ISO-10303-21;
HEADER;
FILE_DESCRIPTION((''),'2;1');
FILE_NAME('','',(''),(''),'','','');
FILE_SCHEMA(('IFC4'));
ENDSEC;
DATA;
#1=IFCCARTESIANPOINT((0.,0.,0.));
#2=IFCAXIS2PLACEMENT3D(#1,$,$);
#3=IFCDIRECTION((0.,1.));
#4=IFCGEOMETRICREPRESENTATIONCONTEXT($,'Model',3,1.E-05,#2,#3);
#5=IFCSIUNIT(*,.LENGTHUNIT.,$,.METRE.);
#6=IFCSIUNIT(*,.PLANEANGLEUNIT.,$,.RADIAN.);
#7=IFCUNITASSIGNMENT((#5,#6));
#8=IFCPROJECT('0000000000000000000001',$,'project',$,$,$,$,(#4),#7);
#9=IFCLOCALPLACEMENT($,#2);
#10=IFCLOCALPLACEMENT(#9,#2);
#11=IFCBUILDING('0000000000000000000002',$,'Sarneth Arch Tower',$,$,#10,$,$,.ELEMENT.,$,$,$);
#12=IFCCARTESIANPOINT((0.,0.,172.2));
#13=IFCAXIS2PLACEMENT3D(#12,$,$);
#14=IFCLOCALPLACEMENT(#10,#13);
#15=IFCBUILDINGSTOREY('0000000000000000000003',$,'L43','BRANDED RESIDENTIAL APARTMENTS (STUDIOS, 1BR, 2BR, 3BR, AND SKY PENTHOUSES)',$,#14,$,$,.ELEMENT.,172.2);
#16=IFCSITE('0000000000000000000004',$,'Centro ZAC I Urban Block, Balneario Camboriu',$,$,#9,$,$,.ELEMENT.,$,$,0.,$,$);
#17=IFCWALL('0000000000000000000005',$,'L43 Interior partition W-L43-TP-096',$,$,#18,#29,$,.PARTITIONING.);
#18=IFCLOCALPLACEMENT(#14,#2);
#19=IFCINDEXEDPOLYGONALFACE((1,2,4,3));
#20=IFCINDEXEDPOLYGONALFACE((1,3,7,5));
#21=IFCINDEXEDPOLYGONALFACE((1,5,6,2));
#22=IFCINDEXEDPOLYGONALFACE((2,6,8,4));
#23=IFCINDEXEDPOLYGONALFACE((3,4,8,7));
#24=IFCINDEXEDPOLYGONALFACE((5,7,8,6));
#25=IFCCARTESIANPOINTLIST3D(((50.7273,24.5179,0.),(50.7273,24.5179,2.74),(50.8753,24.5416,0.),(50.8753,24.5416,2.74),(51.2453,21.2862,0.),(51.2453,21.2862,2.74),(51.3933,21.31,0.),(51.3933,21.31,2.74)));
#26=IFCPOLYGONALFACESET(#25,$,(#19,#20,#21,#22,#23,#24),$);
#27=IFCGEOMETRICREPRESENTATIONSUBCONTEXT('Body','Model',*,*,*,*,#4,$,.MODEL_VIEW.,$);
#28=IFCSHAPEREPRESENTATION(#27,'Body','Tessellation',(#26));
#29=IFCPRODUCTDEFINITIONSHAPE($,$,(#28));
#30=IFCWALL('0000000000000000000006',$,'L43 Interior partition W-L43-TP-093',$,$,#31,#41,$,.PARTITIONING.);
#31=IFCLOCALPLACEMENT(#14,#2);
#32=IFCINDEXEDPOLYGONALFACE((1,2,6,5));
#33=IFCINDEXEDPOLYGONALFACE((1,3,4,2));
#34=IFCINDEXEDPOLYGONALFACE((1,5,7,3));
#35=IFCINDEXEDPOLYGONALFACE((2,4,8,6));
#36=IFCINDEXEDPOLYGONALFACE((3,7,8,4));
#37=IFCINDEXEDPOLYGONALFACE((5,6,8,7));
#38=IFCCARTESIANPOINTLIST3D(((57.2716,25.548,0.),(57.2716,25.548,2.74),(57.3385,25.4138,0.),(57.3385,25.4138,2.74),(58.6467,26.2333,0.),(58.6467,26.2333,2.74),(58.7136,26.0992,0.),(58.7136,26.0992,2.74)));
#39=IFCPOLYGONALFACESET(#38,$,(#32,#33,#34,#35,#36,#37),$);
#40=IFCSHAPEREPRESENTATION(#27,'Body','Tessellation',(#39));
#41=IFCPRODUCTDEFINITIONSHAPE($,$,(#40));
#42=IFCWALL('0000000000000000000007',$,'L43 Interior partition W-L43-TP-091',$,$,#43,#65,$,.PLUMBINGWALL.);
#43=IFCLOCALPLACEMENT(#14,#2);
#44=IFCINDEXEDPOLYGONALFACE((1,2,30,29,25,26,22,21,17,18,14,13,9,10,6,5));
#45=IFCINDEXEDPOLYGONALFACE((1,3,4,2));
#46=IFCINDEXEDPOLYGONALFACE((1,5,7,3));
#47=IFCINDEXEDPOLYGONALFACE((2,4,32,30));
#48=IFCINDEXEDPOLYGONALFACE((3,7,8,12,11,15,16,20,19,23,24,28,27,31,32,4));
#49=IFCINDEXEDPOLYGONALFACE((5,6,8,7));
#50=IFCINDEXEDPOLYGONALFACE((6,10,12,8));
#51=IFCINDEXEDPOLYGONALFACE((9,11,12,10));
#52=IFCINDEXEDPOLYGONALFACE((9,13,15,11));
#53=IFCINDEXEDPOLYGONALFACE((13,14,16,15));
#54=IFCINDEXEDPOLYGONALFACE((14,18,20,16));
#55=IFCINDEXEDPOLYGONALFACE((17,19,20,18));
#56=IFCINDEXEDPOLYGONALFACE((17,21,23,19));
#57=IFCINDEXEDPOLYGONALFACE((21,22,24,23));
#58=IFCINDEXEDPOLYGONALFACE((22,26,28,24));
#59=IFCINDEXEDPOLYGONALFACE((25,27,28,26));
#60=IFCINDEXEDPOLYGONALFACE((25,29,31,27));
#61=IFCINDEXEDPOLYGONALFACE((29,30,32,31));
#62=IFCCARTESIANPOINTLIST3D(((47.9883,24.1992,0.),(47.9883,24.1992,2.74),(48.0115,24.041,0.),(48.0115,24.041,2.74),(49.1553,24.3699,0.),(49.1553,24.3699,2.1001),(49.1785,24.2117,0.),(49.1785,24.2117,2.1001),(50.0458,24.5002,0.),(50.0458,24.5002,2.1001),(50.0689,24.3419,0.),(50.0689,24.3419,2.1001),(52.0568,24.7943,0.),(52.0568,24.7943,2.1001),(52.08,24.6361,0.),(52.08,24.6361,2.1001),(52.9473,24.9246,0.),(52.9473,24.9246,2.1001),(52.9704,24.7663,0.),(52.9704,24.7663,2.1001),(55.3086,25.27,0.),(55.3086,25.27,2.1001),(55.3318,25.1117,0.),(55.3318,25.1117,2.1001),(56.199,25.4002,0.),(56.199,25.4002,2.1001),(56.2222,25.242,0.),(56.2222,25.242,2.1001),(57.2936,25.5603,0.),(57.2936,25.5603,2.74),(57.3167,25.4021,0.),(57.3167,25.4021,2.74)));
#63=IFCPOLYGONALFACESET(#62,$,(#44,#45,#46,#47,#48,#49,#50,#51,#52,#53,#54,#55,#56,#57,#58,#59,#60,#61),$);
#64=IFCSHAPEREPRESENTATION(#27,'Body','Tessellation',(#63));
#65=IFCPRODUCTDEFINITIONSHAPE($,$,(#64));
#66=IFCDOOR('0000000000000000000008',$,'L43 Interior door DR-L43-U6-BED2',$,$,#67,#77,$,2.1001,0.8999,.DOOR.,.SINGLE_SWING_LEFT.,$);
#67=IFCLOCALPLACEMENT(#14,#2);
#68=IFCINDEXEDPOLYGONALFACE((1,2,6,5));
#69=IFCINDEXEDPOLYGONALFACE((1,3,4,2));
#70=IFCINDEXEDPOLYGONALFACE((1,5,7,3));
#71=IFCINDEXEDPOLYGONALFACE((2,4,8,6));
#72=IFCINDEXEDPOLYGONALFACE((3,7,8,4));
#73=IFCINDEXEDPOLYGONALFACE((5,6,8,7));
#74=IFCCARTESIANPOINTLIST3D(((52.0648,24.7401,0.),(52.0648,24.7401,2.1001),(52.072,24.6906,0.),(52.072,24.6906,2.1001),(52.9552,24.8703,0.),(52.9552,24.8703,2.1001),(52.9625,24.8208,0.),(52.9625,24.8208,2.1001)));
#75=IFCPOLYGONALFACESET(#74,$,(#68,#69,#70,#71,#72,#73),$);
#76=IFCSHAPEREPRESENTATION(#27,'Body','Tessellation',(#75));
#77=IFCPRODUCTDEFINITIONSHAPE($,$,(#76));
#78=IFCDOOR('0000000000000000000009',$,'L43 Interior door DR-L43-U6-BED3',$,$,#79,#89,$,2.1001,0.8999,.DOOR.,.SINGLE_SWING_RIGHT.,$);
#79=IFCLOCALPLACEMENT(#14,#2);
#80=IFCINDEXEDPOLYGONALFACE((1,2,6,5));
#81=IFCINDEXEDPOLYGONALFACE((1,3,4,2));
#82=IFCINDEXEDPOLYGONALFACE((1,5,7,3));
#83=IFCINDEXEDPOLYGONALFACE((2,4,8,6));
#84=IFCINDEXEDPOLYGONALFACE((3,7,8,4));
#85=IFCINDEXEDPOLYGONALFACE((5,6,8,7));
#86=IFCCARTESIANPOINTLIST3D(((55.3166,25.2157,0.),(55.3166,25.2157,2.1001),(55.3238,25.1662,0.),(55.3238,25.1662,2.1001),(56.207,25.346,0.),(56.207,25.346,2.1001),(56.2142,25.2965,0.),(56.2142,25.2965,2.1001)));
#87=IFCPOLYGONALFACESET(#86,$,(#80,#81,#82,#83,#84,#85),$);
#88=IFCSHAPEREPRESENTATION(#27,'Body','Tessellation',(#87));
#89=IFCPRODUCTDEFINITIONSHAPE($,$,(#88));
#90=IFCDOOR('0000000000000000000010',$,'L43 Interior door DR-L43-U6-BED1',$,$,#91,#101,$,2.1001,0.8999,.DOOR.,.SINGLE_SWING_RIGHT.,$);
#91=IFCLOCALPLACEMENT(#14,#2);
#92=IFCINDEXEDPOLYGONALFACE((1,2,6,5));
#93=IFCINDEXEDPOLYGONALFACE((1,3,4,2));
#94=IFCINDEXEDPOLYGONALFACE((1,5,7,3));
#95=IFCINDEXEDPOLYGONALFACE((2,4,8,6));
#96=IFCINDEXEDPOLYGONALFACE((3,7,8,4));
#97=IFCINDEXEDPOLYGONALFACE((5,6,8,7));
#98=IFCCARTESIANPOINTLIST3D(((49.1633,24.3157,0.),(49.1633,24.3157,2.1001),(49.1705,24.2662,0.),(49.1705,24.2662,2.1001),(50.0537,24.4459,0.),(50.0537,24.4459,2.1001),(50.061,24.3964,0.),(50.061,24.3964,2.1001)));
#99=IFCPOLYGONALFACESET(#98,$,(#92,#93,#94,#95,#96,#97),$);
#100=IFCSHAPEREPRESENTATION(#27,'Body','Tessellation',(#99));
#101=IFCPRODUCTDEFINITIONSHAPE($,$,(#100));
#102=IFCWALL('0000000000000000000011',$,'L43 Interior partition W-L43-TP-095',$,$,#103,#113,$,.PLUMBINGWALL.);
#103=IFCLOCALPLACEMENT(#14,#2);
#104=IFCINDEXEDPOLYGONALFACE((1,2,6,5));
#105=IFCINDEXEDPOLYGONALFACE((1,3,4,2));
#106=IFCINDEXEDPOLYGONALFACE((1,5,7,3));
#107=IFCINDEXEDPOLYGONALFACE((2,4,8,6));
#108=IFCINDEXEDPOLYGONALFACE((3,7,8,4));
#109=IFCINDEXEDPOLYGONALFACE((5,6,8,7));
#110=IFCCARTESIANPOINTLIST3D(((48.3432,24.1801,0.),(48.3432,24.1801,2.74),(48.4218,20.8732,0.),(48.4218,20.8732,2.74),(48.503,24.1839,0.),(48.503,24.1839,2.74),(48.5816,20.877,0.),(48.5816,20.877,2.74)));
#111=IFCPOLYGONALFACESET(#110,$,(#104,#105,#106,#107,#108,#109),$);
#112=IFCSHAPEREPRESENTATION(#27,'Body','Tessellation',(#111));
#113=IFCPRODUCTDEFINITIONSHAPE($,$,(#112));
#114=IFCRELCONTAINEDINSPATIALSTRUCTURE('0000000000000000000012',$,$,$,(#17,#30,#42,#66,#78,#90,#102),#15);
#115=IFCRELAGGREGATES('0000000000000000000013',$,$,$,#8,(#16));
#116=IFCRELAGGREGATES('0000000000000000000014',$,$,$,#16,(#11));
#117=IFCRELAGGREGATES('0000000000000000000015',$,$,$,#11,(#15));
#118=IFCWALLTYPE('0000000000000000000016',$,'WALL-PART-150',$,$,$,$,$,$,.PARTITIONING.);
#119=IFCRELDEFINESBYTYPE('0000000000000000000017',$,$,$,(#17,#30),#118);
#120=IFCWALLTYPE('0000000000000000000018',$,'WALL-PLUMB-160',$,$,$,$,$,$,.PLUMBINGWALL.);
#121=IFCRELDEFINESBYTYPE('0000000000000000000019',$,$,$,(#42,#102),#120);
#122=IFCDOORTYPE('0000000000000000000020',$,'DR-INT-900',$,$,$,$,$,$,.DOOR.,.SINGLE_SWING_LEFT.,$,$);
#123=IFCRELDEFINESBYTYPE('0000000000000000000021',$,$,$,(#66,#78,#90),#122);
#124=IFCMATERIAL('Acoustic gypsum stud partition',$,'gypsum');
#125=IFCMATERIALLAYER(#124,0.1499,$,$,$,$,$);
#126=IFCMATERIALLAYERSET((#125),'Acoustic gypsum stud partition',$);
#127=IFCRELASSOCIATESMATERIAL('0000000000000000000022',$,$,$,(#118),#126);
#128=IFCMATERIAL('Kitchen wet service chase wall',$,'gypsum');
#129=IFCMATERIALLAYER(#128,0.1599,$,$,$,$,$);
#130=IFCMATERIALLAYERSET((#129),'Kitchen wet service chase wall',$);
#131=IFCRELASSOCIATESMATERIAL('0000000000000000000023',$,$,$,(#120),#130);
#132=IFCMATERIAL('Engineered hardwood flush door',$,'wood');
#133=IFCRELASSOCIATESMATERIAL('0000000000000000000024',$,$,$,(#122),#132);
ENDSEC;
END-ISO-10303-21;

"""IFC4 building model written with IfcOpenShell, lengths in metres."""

from ifc_helpers import new_model, si_unit, direction, frame, frame_2d, origin, place, context, subcontext, project, spatial, rectangle, extrude, material, layer, layer_set, type_object, element, fill, save


model = new_model("IFC4")

# Units and contexts
model_context = context("Model", 3, precision=1e-05, world=origin(), true_north=direction((0.0, 1.0)))
body_context = subcontext(model_context, "Body", "Model", "MODEL_VIEW")
ifc_project = project(units=[si_unit("LENGTHUNIT", "METRE"), si_unit("PLANEANGLEUNIT", "RADIAN")], contexts=[model_context])

# Site, building, storey
site_placement = place(None, origin())
site = spatial("IfcSite", under=ifc_project, at=site_placement, Name="Centro ZAC I Urban Block, Balneario Camboriu", CompositionType="ELEMENT", RefElevation=0.0)
building_placement = place(site_placement, origin())
building = spatial("IfcBuilding", under=site, at=building_placement, Name="Sarneth Arch Tower", CompositionType="ELEMENT")
storey_placement = place(building_placement, frame((0.0, 0.0, 172.2)))
storey = spatial("IfcBuildingStorey", under=building, at=storey_placement, Name="L43", Description="BRANDED RESIDENTIAL APARTMENTS (STUDIOS, 1BR, 2BR, 3BR, AND SKY PENTHOUSES)", CompositionType="ELEMENT", Elevation=172.2)

# Walls
ifc_material_1 = material(Name="Acoustic gypsum stud partition", Category="gypsum")
ifc_layer_1 = layer(ifc_material_1, 0.1499)
ifc_layer_set_1 = layer_set([ifc_layer_1], Name="Acoustic gypsum stud partition")
wall_type_1 = type_object("IfcWallType", Name="WALL-PART-150", PredefinedType="PARTITIONING", material=ifc_layer_set_1)
wall_1_placement = place(storey_placement, frame((51.3193, 21.2981, 0.0), z_axis=(0.0, 0.0, 1.0), x_axis=(-0.158287, 0.987393, 0.0)))
element("IfcWall", 1, at=wall_1_placement, inside=storey, type_object=wall_type_1, Name="L43 Interior partition W-L43-TP-096", PredefinedType="PARTITIONING", context=body_context, shape_type="SweptSolid", body=[
    extrude(rectangle(XDim=3.2729, YDim=0.1499, at=frame_2d((1.6365, 0.0))), origin(), (0.0, 0.0, 1.0), 2.74),
])
wall_2_placement = place(storey_placement, frame((57.3052, 25.481, 0.0), z_axis=(0.0, 0.0, 1.0), x_axis=(0.894999, 0.446069, 0.0)))
element("IfcWall", 2, at=wall_2_placement, inside=storey, type_object=wall_type_1, Name="L43 Interior partition W-L43-TP-093", PredefinedType="PARTITIONING", context=body_context, shape_type="SweptSolid", body=[
    extrude(rectangle(XDim=1.5364, YDim=0.1499, at=frame_2d((0.7681, 0.0))), origin(), (0.0, 0.0, 1.0), 2.74),
])

# Wall, openings, doors
ifc_material_2 = material(Name="Kitchen wet service chase wall", Category="gypsum")
ifc_layer_2 = layer(ifc_material_2, 0.1599)
ifc_layer_set_2 = layer_set([ifc_layer_2], Name="Kitchen wet service chase wall")
wall_type_2 = type_object("IfcWallType", Name="WALL-PLUMB-160", PredefinedType="PLUMBINGWALL", material=ifc_layer_set_2)
wall_3_placement = place(storey_placement, frame((57.3052, 25.4812, 0.0), z_axis=(0.0, 0.0, 1.0), x_axis=(-0.989471, -0.144732, 0.0)))
wall_3 = element("IfcWall", 3, at=wall_3_placement, inside=storey, type_object=wall_type_2, Name="L43 Interior partition W-L43-TP-091", PredefinedType="PLUMBINGWALL", context=body_context, shape_type="SweptSolid", body=[
    extrude(rectangle(XDim=9.4043, YDim=0.1599, at=frame_2d((4.7021, 0.0))), origin(), (0.0, 0.0, 1.0), 2.74),
])
opening_1_placement = place(wall_3_placement, frame((4.3926, 0.0, 0.0)))
opening_1 = element("IfcOpeningElement", 4, at=opening_1_placement, cuts=wall_3, PredefinedType="OPENING", context=body_context, shape_type="SweptSolid", body=[
    extrude(rectangle(XDim=0.8999, YDim=2.1001, at=frame_2d((0.45, 1.05))), frame((0.0, 0.0898, 0.0), z_axis=(0.0, -1.0, 0.0), x_axis=(1.0, 0.0, 0.0)), (0.0, 0.0, 1.0), 0.1799),
])
opening_2_placement = place(wall_3_placement, frame((1.1062, 0.0, 0.0)))
opening_2 = element("IfcOpeningElement", 5, at=opening_2_placement, cuts=wall_3, PredefinedType="OPENING", context=body_context, shape_type="SweptSolid", body=[
    extrude(rectangle(XDim=0.8999, YDim=2.1001, at=frame_2d((0.45, 1.05))), frame((0.0, 0.0898, 0.0), z_axis=(0.0, -1.0, 0.0), x_axis=(1.0, 0.0, 0.0)), (0.0, 0.0, 1.0), 0.1799),
])
opening_3_placement = place(wall_3_placement, frame((7.325, 0.0, 0.0)))
opening_3 = element("IfcOpeningElement", 6, at=opening_3_placement, cuts=wall_3, PredefinedType="OPENING", context=body_context, shape_type="SweptSolid", body=[
    extrude(rectangle(XDim=0.8999, YDim=2.1001, at=frame_2d((0.45, 1.05))), frame((0.0, 0.0898, 0.0), z_axis=(0.0, -1.0, 0.0), x_axis=(1.0, 0.0, 0.0)), (0.0, 0.0, 1.0), 0.1799),
])
ifc_material_3 = material(Name="Engineered hardwood flush door", Category="wood")
door_type_1 = type_object("IfcDoorType", Name="DR-INT-900", OperationType="SINGLE_SWING_LEFT", PredefinedType="DOOR", material=ifc_material_3)
door_1_placement = place(opening_1_placement, origin())
door_1 = element("IfcDoor", 7, at=door_1_placement, inside=storey, type_object=door_type_1, Name="L43 Interior door DR-L43-U6-BED2", OperationType="SINGLE_SWING_LEFT", OverallHeight=2.1001, OverallWidth=0.8999, PredefinedType="DOOR", context=body_context, shape_type="SweptSolid", body=[
    extrude(rectangle(XDim=0.8999, YDim=2.1001, at=frame_2d((0.45, 1.05))), frame((0.0, 0.0249, 0.0), z_axis=(0.0, -1.0, 0.0), x_axis=(1.0, 0.0, 0.0)), (0.0, 0.0, 1.0), 0.05),
])
fill(opening_1, door_1)
door_2_placement = place(opening_2_placement, origin())
door_2 = element("IfcDoor", 8, at=door_2_placement, inside=storey, type_object=door_type_1, Name="L43 Interior door DR-L43-U6-BED3", OperationType="SINGLE_SWING_RIGHT", OverallHeight=2.1001, OverallWidth=0.8999, PredefinedType="DOOR", context=body_context, shape_type="SweptSolid", body=[
    extrude(rectangle(XDim=0.8999, YDim=2.1001, at=frame_2d((0.45, 1.05))), frame((0.0, 0.0249, 0.0), z_axis=(0.0, -1.0, 0.0), x_axis=(1.0, 0.0, 0.0)), (0.0, 0.0, 1.0), 0.05),
])
fill(opening_2, door_2)
door_3_placement = place(opening_3_placement, origin())
door_3 = element("IfcDoor", 9, at=door_3_placement, inside=storey, type_object=door_type_1, Name="L43 Interior door DR-L43-U6-BED1", OperationType="SINGLE_SWING_RIGHT", OverallHeight=2.1001, OverallWidth=0.8999, PredefinedType="DOOR", context=body_context, shape_type="SweptSolid", body=[
    extrude(rectangle(XDim=0.8999, YDim=2.1001, at=frame_2d((0.45, 1.05))), frame((0.0, 0.0249, 0.0), z_axis=(0.0, -1.0, 0.0), x_axis=(1.0, 0.0, 0.0)), (0.0, 0.0, 1.0), 0.05),
])
fill(opening_3, door_3)

# Wall
wall_4_placement = place(storey_placement, frame((48.4231, 24.1819, 0.0), z_axis=(0.0, 0.0, 1.0), x_axis=(0.023766, -0.999718, 0.0)))
element("IfcWall", 10, at=wall_4_placement, inside=storey, type_object=wall_type_2, Name="L43 Interior partition W-L43-TP-095", PredefinedType="PLUMBINGWALL", context=body_context, shape_type="SweptSolid", body=[
    extrude(rectangle(XDim=3.3079, YDim=0.1599, at=frame_2d((1.6538, 0.0))), origin(), (0.0, 0.0, 1.0), 2.74),
])

save(model, "model.ifc")
